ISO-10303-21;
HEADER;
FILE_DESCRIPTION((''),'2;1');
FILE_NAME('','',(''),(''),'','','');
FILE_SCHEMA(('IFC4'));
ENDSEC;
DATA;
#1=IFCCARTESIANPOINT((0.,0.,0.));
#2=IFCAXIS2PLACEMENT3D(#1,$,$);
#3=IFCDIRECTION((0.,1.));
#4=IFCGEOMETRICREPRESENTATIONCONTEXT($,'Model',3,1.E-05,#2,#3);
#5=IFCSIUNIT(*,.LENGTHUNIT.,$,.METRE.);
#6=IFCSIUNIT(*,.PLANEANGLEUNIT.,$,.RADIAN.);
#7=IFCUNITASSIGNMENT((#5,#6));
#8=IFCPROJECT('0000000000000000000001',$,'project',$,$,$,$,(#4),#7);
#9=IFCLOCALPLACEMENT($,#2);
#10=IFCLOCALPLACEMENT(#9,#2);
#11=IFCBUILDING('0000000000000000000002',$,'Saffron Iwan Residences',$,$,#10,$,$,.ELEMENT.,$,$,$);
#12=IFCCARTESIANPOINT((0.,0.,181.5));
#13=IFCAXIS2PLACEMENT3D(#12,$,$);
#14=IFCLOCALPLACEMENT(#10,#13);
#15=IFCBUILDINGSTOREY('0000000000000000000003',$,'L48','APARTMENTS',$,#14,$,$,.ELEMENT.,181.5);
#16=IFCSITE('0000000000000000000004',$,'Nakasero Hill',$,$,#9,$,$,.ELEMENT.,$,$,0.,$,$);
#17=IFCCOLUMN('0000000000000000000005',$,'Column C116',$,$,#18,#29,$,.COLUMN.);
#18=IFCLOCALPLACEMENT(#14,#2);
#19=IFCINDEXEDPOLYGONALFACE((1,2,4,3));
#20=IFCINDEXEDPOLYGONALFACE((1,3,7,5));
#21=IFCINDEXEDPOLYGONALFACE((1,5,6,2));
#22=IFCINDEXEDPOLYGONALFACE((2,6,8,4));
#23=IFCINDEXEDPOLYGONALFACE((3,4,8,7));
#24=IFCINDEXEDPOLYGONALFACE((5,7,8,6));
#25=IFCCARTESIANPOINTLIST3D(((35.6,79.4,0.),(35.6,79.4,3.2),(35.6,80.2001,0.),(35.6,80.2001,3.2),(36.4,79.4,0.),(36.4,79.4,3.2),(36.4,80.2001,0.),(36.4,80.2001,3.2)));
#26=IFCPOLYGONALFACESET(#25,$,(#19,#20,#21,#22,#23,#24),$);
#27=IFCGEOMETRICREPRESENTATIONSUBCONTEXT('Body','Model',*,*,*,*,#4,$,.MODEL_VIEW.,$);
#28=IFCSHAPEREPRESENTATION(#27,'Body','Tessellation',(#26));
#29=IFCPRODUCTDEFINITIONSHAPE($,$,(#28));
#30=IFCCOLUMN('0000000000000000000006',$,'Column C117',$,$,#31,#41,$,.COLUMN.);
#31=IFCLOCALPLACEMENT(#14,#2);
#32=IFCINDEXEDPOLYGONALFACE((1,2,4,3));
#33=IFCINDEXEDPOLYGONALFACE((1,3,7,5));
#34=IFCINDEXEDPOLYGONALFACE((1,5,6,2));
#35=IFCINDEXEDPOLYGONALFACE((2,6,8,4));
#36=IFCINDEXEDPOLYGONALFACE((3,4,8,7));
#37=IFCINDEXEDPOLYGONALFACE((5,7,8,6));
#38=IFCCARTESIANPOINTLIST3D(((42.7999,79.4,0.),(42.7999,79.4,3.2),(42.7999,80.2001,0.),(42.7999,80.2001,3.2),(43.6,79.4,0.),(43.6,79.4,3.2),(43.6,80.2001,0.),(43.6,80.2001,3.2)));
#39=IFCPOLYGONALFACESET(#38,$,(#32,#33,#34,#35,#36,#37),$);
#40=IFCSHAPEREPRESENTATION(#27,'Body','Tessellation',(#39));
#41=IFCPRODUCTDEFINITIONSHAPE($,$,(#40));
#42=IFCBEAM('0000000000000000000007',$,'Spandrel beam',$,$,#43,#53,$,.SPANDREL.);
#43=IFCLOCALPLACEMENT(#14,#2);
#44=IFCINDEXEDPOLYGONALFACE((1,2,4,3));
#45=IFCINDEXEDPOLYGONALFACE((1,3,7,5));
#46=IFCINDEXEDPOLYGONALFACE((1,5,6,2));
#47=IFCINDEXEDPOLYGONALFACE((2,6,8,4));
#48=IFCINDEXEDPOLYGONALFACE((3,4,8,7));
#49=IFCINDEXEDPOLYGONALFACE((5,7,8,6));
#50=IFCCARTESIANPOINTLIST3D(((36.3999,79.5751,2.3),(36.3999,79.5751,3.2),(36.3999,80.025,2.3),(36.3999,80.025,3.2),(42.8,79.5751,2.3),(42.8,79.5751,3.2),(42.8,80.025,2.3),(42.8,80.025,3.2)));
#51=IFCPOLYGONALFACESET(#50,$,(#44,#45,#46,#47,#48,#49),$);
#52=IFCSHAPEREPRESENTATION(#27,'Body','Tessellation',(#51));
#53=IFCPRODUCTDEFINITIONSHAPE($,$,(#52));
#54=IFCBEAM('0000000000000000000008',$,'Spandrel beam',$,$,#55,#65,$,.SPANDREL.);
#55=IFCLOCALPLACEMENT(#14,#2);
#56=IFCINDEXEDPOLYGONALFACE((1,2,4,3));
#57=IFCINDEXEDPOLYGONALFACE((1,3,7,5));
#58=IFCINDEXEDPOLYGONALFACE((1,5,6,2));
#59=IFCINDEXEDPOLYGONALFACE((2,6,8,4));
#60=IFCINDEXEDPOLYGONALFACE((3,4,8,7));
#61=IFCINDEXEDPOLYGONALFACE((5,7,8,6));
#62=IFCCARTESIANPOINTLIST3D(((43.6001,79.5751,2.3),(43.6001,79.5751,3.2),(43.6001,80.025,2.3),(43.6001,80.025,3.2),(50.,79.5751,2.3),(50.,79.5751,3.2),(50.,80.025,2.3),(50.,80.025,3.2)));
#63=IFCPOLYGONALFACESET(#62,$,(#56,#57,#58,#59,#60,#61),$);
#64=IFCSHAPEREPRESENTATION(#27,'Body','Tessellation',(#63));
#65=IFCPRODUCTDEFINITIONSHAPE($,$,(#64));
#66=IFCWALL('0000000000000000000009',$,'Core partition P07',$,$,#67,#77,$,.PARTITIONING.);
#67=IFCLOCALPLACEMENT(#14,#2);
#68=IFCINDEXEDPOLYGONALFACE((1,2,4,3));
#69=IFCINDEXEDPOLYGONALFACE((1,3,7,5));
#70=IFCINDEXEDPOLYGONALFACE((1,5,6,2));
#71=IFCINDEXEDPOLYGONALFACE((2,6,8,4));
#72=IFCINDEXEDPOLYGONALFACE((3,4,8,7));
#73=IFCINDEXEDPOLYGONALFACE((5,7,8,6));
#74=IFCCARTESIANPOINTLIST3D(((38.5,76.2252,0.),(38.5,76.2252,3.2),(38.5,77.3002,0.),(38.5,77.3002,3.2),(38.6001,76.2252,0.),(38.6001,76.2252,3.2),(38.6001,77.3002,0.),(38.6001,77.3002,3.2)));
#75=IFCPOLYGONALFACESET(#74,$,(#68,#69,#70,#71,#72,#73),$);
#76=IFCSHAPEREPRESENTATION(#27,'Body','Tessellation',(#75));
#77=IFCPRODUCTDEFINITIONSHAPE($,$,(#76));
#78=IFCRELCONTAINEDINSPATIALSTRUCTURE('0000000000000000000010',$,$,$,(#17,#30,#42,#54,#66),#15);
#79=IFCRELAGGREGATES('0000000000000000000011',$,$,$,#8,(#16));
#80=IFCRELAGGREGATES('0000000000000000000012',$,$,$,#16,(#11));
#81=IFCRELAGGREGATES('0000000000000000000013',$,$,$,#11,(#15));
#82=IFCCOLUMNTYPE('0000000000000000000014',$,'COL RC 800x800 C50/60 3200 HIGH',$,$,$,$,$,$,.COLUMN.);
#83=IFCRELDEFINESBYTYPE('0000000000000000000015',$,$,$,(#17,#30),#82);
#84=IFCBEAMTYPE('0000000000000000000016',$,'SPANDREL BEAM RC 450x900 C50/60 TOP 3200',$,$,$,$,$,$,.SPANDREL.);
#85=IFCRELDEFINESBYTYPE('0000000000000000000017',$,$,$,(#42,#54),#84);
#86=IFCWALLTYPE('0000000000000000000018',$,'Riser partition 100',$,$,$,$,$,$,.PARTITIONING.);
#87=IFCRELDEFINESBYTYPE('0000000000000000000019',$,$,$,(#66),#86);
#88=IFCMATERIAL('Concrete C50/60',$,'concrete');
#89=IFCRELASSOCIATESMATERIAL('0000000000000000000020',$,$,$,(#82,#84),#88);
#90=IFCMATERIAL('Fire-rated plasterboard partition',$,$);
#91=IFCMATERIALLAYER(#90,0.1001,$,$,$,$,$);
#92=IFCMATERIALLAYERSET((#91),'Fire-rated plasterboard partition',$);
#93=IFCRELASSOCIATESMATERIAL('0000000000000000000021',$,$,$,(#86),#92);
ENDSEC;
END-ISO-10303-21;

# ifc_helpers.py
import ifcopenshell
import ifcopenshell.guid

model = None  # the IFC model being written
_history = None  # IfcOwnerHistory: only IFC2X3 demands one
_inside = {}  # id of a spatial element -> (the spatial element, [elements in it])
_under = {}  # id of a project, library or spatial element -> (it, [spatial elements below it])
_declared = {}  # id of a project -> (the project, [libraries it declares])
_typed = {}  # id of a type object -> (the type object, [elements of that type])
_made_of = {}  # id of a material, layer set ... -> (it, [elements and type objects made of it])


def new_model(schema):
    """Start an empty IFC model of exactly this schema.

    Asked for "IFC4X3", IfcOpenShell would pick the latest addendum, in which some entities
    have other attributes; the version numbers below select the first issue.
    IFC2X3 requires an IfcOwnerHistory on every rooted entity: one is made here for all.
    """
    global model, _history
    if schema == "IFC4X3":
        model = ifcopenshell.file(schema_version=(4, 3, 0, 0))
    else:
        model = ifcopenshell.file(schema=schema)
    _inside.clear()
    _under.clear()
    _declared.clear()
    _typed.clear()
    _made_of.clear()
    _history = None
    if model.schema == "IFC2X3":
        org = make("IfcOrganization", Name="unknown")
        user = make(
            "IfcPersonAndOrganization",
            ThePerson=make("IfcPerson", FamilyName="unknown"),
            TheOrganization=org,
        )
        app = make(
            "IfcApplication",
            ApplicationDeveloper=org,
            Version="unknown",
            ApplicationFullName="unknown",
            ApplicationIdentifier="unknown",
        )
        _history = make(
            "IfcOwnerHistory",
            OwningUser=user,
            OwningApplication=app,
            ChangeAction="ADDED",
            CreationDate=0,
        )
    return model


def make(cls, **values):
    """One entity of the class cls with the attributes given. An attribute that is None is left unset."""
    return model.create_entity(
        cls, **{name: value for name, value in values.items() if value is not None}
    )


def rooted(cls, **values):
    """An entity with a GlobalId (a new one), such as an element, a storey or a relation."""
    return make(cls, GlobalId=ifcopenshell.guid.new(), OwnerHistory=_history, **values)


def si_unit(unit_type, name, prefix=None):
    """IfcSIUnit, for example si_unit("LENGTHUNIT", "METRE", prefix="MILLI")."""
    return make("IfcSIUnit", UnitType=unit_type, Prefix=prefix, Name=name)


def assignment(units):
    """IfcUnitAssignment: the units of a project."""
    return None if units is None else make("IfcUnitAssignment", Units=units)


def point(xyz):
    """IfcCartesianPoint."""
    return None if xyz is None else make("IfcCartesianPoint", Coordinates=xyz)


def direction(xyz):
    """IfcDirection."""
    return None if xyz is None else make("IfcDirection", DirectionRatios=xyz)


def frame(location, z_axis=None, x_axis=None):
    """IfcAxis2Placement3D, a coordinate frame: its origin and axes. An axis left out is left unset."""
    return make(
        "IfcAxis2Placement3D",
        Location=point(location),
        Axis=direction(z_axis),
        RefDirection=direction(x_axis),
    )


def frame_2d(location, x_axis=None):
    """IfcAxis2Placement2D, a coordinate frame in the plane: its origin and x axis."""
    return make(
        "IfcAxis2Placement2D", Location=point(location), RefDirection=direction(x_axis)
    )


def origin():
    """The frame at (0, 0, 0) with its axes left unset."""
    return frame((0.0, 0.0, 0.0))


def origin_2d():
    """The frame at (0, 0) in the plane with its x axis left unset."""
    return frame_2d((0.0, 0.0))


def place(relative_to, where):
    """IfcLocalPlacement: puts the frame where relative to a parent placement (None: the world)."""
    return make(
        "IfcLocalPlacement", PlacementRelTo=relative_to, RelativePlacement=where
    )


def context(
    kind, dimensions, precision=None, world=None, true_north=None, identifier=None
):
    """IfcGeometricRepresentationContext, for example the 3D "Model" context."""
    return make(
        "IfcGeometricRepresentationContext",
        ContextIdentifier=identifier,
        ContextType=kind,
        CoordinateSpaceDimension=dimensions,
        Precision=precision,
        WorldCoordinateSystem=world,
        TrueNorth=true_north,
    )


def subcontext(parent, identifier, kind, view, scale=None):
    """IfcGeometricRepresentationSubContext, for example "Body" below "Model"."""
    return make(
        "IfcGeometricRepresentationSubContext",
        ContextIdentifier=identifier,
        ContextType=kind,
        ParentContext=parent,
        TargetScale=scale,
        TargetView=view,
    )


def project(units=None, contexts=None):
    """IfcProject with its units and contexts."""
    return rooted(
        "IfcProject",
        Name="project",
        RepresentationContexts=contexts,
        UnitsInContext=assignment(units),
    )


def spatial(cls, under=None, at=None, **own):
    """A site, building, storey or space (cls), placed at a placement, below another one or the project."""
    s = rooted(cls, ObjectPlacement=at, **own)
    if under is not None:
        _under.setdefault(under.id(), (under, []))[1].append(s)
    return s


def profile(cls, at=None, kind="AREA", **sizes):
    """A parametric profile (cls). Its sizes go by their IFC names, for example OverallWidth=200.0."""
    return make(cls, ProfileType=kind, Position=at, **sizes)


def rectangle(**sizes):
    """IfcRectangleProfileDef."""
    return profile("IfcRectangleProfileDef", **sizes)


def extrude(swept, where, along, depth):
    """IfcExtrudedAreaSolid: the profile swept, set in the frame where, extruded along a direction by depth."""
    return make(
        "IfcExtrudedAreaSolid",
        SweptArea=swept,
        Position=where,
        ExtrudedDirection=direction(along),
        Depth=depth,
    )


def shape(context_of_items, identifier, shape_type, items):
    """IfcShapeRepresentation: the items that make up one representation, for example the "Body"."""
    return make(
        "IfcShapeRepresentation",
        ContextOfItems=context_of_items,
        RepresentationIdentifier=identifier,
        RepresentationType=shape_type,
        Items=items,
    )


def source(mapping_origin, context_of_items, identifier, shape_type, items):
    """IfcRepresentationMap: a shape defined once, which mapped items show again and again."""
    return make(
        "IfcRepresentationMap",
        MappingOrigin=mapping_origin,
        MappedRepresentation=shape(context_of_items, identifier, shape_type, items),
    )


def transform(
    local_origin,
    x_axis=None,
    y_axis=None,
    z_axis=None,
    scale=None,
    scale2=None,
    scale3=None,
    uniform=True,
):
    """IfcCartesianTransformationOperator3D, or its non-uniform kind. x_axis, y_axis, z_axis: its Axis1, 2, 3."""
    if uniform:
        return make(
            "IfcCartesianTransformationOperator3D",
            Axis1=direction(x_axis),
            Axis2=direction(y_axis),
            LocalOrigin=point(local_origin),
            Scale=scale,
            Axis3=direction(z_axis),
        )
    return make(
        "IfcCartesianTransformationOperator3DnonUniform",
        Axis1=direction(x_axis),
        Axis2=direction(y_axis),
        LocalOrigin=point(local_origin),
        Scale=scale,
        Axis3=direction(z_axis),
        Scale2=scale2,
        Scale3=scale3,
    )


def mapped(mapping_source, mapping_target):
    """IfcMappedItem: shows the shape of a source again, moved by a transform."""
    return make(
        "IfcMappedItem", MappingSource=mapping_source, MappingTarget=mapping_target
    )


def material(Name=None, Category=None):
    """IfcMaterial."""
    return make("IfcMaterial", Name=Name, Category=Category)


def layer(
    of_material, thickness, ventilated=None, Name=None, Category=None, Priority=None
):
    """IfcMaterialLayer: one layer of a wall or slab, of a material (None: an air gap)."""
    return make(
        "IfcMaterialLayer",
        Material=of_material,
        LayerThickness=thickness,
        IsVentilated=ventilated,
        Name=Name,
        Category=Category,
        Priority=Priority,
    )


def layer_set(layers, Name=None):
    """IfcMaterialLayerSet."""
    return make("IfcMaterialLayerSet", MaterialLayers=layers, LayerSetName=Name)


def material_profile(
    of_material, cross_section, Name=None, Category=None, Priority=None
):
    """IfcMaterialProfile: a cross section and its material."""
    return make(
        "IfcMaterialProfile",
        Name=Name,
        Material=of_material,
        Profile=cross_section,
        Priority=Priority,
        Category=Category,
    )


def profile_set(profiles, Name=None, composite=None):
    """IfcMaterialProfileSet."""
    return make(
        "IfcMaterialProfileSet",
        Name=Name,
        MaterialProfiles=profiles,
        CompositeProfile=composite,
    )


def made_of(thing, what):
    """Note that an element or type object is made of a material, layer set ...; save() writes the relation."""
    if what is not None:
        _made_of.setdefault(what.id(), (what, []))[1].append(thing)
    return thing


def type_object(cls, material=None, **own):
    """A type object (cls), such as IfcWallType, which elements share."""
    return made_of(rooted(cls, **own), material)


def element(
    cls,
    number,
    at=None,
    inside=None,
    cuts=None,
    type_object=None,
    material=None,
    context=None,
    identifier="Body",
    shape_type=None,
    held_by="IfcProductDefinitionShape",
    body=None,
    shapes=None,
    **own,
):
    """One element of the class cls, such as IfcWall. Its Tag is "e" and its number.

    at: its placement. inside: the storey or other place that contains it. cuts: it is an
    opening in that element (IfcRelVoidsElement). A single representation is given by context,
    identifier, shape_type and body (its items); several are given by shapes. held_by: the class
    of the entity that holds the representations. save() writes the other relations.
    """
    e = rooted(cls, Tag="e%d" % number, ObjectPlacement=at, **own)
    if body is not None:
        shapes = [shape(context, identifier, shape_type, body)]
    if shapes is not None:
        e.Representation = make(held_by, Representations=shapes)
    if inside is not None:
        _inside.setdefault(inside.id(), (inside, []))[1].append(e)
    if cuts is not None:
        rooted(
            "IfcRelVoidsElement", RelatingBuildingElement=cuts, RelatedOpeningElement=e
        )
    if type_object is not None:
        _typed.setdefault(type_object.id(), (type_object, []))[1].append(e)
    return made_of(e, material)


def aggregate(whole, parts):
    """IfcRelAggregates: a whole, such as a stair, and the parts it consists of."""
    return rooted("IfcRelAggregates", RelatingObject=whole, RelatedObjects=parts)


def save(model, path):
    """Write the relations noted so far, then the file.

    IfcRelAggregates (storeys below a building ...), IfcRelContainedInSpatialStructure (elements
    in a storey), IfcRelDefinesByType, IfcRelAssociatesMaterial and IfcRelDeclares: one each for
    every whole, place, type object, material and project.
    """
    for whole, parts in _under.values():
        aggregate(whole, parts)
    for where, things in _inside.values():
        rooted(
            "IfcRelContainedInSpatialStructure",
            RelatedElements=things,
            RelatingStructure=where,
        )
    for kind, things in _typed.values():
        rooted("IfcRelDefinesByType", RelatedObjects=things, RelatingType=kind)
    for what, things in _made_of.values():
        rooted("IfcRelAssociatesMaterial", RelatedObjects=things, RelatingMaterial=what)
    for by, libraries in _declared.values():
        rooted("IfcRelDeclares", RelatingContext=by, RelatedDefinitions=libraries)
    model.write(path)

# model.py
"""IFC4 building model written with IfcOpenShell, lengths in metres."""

from ifc_helpers import new_model, si_unit, direction, frame, frame_2d, origin, origin_2d, place, context, subcontext, project, spatial, rectangle, extrude, source, transform, mapped, material, layer, layer_set, material_profile, profile_set, type_object, element, save


model = new_model("IFC4")

# Units and contexts
model_context = context("Model", 3, precision=1e-05, world=origin(), true_north=direction((0.0, 1.0)))
body_context = subcontext(model_context, "Body", "Model", "MODEL_VIEW")
ifc_project = project(units=[si_unit("LENGTHUNIT", "METRE"), si_unit("PLANEANGLEUNIT", "RADIAN")], contexts=[model_context])

# Site, building, storey
site_placement = place(None, origin())
site = spatial("IfcSite", under=ifc_project, at=site_placement, Name="Nakasero Hill", CompositionType="ELEMENT", RefElevation=0.0)
building_placement = place(site_placement, origin())
building = spatial("IfcBuilding", under=site, at=building_placement, Name="Saffron Iwan Residences", CompositionType="ELEMENT")
storey_placement = place(building_placement, frame((0.0, 0.0, 181.5)))
storey = spatial("IfcBuildingStorey", under=building, at=storey_placement, Name="L48", Description="APARTMENTS", CompositionType="ELEMENT", Elevation=181.5)

# Columns
ifc_material_1 = material(Name="Concrete C50/60", Category="concrete")
ifc_material_profile_1 = material_profile(ifc_material_1, rectangle(XDim=0.8, YDim=0.8, at=origin_2d()), Name="RC 800x800")
ifc_profile_set_1 = profile_set([ifc_material_profile_1], Name="Concrete C50/60")
column_type = type_object("IfcColumnType", Name="COL RC 800x800 C50/60 3200 HIGH", PredefinedType="COLUMN", material=ifc_profile_set_1)
shared_shape_1 = source(origin(), body_context, "Body", "SweptSolid", [
    extrude(rectangle(XDim=0.8, YDim=0.8, at=origin_2d()), origin(), (0.0, 0.0, 1.0), 3.2),
])
for number, where, z_axis, x_axis, name in (
    (1, (36.0, 79.8, 0.0), (0.0, 0.0, 1.0), (1.0, 0.0, 0.0), "Column C116"),
    (2, (43.2, 79.8, 0.0), (0.0, 0.0, 1.0), (1.0, 0.0, 0.0), "Column C117"),
):
    element("IfcColumn", number, at=place(storey_placement, frame(where, z_axis=z_axis, x_axis=x_axis)), inside=storey, type_object=column_type, Name=name, PredefinedType="COLUMN", context=body_context, shape_type="MappedRepresentation", body=[
        mapped(shared_shape_1, transform((0.0, 0.0, 0.0))),
    ])

# Beams
ifc_material_profile_2 = material_profile(ifc_material_1, rectangle(XDim=0.45, YDim=0.8999, at=origin_2d()), Name="RC 450x900")
ifc_profile_set_2 = profile_set([ifc_material_profile_2], Name="Concrete C50/60")
beam_type = type_object("IfcBeamType", Name="SPANDREL BEAM RC 450x900 C50/60 TOP 3200", PredefinedType="SPANDREL", material=ifc_profile_set_2)
shared_shape_2 = source(origin(), body_context, "Body", "SweptSolid", [
    extrude(rectangle(XDim=0.45, YDim=0.8999, at=origin_2d()), origin(), (0.0, 0.0, 1.0), 6.4001),
])
beam_1_placement = place(storey_placement, frame((36.3999, 79.8, 2.75), z_axis=(1.0, 0.0, 0.0), x_axis=(0.0, 1.0, 0.0)))
element("IfcBeam", 3, at=beam_1_placement, inside=storey, type_object=beam_type, Name="Spandrel beam", PredefinedType="SPANDREL", context=body_context, shape_type="MappedRepresentation", body=[
    mapped(shared_shape_2, transform((0.0, 0.0, 0.0))),
])
shared_shape_3 = source(origin(), body_context, "Body", "SweptSolid", [
    extrude(rectangle(XDim=0.45, YDim=0.8999, at=origin_2d()), origin(), (0.0, 0.0, 1.0), 6.3999),
])
beam_2_placement = place(storey_placement, frame((43.6001, 79.8, 2.75), z_axis=(1.0, 0.0, 0.0), x_axis=(0.0, 1.0, 0.0)))
element("IfcBeam", 4, at=beam_2_placement, inside=storey, type_object=beam_type, Name="Spandrel beam", PredefinedType="SPANDREL", context=body_context, shape_type="MappedRepresentation", body=[
    mapped(shared_shape_3, transform((0.0, 0.0, 0.0))),
])

# Wall
ifc_material_2 = material(Name="Fire-rated plasterboard partition")
ifc_layer_1 = layer(ifc_material_2, 0.1001)
ifc_layer_set_1 = layer_set([ifc_layer_1], Name="Fire-rated plasterboard partition")
wall_type_1 = type_object("IfcWallType", Name="Riser partition 100", PredefinedType="PARTITIONING", material=ifc_layer_set_1)
wall_1_placement = place(storey_placement, frame((38.55, 76.2251, 0.0), z_axis=(0.0, 0.0, 1.0), x_axis=(0.0, 1.0, 0.0)))
element("IfcWall", 5, at=wall_1_placement, inside=storey, type_object=wall_type_1, Name="Core partition P07", PredefinedType="PARTITIONING", context=body_context, shape_type="SweptSolid", body=[
    extrude(rectangle(XDim=1.075, YDim=0.1001, at=frame_2d((0.5376, 0.0))), origin(), (0.0, 0.0, 1.0), 3.2),
])

save(model, "model.ifc")
